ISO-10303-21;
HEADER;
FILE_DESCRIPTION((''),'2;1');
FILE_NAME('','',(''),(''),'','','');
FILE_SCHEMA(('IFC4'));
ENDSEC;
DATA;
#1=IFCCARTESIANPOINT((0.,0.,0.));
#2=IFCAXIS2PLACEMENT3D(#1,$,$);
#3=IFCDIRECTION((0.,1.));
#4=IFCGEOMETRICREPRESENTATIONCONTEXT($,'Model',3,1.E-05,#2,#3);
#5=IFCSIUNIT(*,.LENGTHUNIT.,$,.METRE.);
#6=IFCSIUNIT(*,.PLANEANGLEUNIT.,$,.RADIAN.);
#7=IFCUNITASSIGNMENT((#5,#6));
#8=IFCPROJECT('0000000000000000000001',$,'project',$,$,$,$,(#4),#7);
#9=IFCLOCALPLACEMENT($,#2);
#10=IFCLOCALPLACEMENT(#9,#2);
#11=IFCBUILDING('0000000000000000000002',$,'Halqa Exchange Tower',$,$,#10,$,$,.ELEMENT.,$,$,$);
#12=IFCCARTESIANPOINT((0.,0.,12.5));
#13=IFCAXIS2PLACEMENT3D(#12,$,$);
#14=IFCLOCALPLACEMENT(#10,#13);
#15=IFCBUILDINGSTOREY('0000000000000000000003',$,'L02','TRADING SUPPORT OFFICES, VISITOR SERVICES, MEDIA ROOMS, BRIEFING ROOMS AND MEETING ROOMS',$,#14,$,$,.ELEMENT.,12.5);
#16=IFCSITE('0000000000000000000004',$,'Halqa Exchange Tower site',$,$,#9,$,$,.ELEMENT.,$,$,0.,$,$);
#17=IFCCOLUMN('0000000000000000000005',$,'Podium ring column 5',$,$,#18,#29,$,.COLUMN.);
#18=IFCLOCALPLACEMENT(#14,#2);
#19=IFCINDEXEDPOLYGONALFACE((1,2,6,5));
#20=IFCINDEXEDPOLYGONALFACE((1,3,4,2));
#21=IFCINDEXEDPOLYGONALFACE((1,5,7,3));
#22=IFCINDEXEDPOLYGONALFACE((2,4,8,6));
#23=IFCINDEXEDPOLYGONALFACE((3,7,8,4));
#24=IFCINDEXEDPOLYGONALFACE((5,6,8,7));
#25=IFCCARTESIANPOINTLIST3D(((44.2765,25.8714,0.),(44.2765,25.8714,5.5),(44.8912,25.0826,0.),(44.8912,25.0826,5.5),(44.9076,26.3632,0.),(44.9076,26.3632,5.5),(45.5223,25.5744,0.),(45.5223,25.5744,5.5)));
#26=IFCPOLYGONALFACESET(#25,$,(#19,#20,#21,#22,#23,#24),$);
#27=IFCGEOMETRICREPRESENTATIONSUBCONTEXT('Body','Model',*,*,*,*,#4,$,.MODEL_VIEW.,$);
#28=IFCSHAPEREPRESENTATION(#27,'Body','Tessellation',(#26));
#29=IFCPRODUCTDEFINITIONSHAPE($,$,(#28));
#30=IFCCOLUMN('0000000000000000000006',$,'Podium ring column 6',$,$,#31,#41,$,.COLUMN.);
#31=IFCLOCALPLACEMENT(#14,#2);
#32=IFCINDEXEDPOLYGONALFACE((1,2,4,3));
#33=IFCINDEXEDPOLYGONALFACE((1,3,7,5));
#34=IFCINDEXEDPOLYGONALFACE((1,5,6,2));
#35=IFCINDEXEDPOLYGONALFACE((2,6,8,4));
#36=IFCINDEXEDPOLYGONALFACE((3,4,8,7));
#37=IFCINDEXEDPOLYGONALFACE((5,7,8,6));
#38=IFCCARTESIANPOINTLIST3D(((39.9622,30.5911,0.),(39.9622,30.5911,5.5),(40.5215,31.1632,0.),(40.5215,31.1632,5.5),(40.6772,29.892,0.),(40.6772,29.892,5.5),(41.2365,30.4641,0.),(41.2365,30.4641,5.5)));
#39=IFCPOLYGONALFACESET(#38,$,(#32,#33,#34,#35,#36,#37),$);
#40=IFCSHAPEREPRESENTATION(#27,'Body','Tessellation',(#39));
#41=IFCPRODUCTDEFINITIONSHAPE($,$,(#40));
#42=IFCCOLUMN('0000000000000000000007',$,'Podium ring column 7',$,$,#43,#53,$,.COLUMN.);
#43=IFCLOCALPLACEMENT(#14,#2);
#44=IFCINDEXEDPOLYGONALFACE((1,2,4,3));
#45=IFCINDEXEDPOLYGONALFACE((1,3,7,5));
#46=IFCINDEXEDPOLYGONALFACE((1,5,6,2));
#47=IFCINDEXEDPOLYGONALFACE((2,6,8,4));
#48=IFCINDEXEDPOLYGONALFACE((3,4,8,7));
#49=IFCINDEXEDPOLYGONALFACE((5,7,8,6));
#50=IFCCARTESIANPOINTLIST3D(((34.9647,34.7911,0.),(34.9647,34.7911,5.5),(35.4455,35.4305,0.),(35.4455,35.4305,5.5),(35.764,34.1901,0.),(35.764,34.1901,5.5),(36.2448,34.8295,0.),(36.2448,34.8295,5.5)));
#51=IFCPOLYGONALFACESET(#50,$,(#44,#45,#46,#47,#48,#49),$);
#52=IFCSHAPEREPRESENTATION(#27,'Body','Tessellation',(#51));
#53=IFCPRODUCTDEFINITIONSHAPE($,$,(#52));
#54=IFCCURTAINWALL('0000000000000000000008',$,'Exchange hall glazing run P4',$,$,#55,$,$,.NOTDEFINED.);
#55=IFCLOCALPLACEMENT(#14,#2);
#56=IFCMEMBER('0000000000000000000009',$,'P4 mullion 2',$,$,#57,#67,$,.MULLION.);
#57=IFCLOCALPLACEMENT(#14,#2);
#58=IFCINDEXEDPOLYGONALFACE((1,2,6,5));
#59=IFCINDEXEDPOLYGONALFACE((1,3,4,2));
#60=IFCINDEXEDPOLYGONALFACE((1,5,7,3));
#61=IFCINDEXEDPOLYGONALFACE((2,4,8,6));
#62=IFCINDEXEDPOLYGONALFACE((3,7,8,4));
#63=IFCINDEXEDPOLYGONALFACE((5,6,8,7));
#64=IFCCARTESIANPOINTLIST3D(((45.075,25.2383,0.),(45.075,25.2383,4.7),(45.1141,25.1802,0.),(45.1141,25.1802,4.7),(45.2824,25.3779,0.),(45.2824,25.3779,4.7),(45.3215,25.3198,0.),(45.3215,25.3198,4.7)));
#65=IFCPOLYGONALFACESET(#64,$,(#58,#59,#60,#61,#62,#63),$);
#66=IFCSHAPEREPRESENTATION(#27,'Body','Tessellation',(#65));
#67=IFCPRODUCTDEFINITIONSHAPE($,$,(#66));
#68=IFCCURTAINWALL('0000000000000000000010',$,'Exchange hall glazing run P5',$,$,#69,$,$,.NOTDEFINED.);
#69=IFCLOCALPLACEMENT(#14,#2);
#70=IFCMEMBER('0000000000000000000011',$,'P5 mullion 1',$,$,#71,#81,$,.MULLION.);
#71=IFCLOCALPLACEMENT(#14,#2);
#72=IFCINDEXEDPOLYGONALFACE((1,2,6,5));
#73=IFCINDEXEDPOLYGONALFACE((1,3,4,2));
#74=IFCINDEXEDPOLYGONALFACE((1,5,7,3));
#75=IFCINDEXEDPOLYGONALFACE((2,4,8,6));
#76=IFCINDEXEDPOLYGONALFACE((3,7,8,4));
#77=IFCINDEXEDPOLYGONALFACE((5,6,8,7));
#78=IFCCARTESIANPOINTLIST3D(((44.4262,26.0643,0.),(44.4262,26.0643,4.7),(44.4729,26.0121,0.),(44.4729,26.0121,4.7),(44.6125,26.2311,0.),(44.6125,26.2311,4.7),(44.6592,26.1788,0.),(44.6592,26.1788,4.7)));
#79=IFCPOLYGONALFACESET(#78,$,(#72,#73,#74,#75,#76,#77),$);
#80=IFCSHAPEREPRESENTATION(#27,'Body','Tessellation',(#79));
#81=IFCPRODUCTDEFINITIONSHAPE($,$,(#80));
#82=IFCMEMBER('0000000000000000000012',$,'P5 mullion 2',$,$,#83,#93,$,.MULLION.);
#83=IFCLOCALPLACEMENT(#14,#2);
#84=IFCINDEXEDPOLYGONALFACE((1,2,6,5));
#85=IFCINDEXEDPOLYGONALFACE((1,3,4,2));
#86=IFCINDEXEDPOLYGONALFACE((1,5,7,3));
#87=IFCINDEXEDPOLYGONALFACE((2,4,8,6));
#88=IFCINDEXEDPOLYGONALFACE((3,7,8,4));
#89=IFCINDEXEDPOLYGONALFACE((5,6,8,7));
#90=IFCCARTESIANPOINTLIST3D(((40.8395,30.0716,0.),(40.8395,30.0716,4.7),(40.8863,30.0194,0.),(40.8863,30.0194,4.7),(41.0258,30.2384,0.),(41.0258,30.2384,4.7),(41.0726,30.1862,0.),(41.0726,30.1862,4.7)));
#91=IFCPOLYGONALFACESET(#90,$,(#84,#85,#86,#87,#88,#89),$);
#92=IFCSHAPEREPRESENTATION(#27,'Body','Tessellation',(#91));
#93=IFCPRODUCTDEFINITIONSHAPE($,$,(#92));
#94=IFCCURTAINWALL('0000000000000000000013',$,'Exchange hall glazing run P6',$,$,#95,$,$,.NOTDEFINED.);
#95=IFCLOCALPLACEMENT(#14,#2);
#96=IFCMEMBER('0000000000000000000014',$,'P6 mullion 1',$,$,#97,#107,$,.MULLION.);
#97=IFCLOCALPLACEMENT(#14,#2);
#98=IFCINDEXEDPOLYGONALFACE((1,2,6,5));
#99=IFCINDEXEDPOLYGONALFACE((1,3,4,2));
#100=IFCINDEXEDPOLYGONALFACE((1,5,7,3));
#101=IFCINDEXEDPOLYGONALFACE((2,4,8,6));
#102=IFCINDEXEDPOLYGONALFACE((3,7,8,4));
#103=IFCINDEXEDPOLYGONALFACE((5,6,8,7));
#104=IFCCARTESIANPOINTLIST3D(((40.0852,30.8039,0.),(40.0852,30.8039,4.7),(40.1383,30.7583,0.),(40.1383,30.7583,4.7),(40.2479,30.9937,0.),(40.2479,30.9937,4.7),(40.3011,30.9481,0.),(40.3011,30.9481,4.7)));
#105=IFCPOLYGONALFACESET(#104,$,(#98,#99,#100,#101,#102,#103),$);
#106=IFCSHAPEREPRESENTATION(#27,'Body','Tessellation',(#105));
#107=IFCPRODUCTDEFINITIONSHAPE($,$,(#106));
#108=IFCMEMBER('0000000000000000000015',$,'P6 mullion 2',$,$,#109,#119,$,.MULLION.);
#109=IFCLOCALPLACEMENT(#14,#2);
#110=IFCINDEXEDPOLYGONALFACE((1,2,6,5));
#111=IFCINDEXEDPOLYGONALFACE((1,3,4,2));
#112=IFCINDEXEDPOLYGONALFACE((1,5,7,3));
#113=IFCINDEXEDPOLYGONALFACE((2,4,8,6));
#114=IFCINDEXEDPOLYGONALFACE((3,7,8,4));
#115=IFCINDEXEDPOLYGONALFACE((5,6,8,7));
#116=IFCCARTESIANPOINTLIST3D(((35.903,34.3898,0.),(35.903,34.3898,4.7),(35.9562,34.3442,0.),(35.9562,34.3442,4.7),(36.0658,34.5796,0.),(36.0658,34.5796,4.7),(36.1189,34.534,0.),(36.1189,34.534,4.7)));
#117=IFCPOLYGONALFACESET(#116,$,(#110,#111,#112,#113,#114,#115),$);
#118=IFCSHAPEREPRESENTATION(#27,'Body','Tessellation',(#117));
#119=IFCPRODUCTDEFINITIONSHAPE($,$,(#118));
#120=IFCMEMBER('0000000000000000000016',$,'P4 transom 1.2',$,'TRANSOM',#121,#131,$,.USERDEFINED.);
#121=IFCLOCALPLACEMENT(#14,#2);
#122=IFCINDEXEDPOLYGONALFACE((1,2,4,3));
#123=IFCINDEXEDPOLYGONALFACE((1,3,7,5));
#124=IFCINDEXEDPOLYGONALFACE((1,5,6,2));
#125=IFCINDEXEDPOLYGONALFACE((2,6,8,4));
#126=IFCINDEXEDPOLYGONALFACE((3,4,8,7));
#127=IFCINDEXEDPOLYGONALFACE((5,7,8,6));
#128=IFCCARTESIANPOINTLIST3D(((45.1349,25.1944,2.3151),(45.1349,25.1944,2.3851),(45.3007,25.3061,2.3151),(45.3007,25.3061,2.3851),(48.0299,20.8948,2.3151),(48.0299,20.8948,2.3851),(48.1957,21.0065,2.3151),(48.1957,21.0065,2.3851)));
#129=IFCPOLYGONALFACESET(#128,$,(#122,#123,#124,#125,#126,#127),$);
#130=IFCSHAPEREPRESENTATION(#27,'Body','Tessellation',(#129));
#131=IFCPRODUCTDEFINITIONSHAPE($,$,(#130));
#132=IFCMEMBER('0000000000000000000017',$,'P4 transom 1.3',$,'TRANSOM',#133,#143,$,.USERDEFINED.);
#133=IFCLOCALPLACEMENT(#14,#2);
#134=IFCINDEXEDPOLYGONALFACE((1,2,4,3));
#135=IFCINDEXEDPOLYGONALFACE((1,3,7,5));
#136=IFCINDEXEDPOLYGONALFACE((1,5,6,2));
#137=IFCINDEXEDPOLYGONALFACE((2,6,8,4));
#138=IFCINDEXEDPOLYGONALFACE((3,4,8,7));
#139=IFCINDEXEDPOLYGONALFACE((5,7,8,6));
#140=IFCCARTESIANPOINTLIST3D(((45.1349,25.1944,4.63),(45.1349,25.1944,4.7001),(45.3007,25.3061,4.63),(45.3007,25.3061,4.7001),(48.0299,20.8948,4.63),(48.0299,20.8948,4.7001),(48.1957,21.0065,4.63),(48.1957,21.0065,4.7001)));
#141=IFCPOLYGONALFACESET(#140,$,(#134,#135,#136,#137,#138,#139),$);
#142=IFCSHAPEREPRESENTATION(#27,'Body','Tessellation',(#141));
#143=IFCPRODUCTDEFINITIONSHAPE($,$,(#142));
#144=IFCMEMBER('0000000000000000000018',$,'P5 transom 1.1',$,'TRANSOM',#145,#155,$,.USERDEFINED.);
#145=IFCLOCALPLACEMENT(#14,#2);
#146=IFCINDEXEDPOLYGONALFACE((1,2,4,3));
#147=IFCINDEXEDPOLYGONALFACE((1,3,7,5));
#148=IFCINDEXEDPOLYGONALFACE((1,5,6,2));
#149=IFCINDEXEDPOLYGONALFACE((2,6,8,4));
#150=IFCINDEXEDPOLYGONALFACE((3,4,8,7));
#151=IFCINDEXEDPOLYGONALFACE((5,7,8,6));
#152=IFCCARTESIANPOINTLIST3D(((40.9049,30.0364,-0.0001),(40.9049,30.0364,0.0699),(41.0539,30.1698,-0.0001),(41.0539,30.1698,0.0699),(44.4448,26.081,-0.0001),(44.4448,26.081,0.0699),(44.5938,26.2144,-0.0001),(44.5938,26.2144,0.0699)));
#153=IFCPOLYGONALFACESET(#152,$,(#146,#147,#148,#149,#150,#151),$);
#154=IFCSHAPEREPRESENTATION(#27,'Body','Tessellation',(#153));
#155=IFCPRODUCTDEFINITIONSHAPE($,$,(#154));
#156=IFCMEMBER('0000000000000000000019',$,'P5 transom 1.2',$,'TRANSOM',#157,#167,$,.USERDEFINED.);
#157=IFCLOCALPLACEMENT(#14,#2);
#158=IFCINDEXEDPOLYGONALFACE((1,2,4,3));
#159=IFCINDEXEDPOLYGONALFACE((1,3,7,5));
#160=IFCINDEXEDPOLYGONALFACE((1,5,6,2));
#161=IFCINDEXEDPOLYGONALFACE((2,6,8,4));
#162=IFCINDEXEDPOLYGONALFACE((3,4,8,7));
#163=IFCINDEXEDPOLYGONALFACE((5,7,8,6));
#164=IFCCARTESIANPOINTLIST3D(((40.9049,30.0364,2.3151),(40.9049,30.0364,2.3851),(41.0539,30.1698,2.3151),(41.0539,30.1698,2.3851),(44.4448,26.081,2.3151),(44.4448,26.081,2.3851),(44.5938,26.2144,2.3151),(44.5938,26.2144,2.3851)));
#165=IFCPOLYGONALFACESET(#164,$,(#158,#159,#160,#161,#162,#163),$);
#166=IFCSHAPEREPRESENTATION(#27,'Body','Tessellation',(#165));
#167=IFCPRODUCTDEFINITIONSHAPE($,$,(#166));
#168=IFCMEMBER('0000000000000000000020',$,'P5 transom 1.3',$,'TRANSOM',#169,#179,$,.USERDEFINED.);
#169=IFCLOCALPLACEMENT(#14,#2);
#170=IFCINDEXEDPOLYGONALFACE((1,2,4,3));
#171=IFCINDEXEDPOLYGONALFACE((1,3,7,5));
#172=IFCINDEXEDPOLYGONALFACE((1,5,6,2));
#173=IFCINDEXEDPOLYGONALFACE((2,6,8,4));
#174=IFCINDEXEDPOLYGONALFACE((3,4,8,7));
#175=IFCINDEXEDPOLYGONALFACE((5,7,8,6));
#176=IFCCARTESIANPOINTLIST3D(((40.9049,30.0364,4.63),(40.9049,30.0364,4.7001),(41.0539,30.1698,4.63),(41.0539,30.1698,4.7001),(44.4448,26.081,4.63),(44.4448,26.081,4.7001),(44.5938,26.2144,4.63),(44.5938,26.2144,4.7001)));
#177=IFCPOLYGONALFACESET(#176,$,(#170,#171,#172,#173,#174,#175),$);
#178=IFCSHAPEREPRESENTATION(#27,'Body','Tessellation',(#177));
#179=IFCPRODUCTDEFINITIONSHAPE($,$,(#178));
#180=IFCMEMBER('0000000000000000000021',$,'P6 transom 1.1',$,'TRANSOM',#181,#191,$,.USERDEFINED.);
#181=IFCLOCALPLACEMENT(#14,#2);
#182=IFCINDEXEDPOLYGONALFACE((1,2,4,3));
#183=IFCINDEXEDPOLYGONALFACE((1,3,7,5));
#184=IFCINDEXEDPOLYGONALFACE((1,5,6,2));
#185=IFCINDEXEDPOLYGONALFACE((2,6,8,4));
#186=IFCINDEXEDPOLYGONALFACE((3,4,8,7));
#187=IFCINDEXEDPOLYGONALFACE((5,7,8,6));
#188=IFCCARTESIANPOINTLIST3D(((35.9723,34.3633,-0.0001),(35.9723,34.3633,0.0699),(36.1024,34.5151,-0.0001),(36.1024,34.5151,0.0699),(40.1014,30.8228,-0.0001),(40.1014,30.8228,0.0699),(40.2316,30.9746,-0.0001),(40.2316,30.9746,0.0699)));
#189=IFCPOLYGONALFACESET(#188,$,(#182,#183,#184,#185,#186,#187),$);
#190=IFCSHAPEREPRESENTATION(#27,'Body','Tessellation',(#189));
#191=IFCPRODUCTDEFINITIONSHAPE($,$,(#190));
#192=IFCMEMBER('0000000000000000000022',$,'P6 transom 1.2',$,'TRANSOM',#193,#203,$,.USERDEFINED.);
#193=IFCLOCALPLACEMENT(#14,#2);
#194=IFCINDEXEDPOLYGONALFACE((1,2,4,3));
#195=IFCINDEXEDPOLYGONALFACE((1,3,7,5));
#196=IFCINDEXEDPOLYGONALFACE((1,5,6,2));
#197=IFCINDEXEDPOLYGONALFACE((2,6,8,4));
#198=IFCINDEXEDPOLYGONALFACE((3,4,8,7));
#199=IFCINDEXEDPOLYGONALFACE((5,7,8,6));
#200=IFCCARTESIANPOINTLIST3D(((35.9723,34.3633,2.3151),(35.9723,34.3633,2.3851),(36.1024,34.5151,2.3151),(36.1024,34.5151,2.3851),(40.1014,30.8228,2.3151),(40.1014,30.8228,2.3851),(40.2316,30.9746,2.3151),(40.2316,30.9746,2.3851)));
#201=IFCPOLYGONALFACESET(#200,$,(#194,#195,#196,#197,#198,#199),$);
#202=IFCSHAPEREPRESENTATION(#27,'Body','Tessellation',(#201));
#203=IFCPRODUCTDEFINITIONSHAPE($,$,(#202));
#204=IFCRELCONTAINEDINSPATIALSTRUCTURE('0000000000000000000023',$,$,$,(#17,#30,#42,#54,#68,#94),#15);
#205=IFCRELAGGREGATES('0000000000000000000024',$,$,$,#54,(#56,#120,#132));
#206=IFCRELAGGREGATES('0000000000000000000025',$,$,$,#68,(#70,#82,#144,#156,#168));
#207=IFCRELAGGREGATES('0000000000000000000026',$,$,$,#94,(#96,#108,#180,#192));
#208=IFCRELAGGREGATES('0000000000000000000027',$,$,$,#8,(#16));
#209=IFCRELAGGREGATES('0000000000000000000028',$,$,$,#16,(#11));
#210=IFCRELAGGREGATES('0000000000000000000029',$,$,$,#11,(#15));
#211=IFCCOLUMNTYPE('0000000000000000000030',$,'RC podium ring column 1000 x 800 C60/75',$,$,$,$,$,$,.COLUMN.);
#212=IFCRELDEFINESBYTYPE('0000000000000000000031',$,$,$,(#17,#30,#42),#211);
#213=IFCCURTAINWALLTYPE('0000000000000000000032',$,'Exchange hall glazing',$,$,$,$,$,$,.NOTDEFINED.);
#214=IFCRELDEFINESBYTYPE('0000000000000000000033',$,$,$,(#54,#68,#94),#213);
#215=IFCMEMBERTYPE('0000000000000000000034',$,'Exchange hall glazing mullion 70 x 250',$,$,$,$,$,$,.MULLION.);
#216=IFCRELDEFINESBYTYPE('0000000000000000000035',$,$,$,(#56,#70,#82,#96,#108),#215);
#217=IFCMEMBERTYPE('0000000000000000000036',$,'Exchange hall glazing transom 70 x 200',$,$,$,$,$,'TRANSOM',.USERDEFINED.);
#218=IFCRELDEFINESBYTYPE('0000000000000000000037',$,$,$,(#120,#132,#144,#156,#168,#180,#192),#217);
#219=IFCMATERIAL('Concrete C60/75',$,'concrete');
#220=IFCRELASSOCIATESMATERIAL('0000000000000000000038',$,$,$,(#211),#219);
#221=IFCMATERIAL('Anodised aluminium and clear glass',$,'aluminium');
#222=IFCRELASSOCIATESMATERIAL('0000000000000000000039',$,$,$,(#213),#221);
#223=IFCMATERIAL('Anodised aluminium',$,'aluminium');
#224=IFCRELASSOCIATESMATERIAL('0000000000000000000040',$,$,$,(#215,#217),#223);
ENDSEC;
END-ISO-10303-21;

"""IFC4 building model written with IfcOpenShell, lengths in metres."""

from ifc_helpers import new_model, si_unit, direction, frame, origin, origin_2d, place, context, subcontext, project, spatial, rectangle, extrude, material, material_profile, profile_set, type_object, element, aggregate, save


model = new_model("IFC4")

# Units and contexts
model_context = context("Model", 3, precision=1e-05, world=origin(), true_north=direction((0.0, 1.0)))
body_context = subcontext(model_context, "Body", "Model", "MODEL_VIEW")
ifc_project = project(units=[si_unit("LENGTHUNIT", "METRE"), si_unit("PLANEANGLEUNIT", "RADIAN")], contexts=[model_context])

# Site, building, storey
site_placement = place(None, origin())
site = spatial("IfcSite", under=ifc_project, at=site_placement, Name="Halqa Exchange Tower site", CompositionType="ELEMENT", RefElevation=0.0)
building_placement = place(site_placement, origin())
building = spatial("IfcBuilding", under=site, at=building_placement, Name="Halqa Exchange Tower", CompositionType="ELEMENT")
storey_placement = place(building_placement, frame((0.0, 0.0, 12.5)))
storey = spatial("IfcBuildingStorey", under=building, at=storey_placement, Name="L02", Description="TRADING SUPPORT OFFICES, VISITOR SERVICES, MEDIA ROOMS, BRIEFING ROOMS AND MEETING ROOMS", CompositionType="ELEMENT", Elevation=12.5)

# Columns
ifc_material_1 = material(Name="Concrete C60/75", Category="concrete")
ifc_material_profile_1 = material_profile(ifc_material_1, rectangle(XDim=1.0, YDim=0.8, at=origin_2d()), Name="1000 x 800")
ifc_profile_set_1 = profile_set([ifc_material_profile_1], Name="Concrete C60/75")
column_type = type_object("IfcColumnType", Name="RC podium ring column 1000 x 800 C60/75", PredefinedType="COLUMN", material=ifc_profile_set_1)
for number, where, z_axis, x_axis, name in (
    (1, (44.8994, 25.7229, 0.0), (0.0, 0.0, 1.0), (-0.614691, 0.788768, 0.0), "Podium ring column 5"),
    (2, (40.5994, 30.5276, 0.0), (0.0, 0.0, 1.0), (-0.715039, 0.699085, 0.0), "Podium ring column 6"),
    (3, (35.6047, 34.8103, 0.0), (0.0, 0.0, 1.0), (-0.79926, 0.600985, 0.0), "Podium ring column 7"),
):
    element("IfcColumn", number, at=place(storey_placement, frame(where, z_axis=z_axis, x_axis=x_axis)), inside=storey, type_object=column_type, Name=name, PredefinedType="COLUMN", context=body_context, shape_type="SweptSolid", body=[
        extrude(rectangle(XDim=1.0, YDim=0.8, at=origin_2d()), origin(), (0.0, 0.0, 1.0), 5.5),
    ])

# Curtain wall, member
ifc_material_2 = material(Name="Anodised aluminium and clear glass", Category="aluminium")
curtain_wall_type = type_object("IfcCurtainWallType", Name="Exchange hall glazing", PredefinedType="NOTDEFINED", material=ifc_material_2)
curtain_wall_1_placement = place(storey_placement, origin())
curtain_wall_1 = element("IfcCurtainWall", 4, at=curtain_wall_1_placement, inside=storey, type_object=curtain_wall_type, Name="Exchange hall glazing run P4", PredefinedType="NOTDEFINED")
ifc_material_3 = material(Name="Anodised aluminium", Category="aluminium")
ifc_material_profile_2 = material_profile(ifc_material_3, rectangle(XDim=0.25, YDim=0.0701, at=origin_2d()), Name="AL 70x250")
ifc_profile_set_2 = profile_set([ifc_material_profile_2], Name="Anodised aluminium")
member_type_1 = type_object("IfcMemberType", Name="Exchange hall glazing mullion 70 x 250", PredefinedType="MULLION", material=ifc_profile_set_2)
member_1_placement = place(storey_placement, frame((45.1982, 25.2791, 0.0), z_axis=(0.0, 0.0, 1.0), x_axis=(-0.82949, -0.558522, 0.0)))
member_1 = element("IfcMember", 5, at=member_1_placement, type_object=member_type_1, Name="P4 mullion 2", PredefinedType="MULLION", context=body_context, shape_type="SweptSolid", body=[
    extrude(rectangle(XDim=0.25, YDim=0.0701, at=origin_2d()), origin(), (0.0, 0.0, 1.0), 4.7),
])

# Curtain walls, members
curtain_wall_2_placement = place(storey_placement, origin())
curtain_wall_2 = element("IfcCurtainWall", 6, at=curtain_wall_2_placement, inside=storey, type_object=curtain_wall_type, Name="Exchange hall glazing run P5", PredefinedType="NOTDEFINED")
member_2_placement = place(storey_placement, frame((44.5427, 26.1216, 0.0), z_axis=(0.0, 0.0, 1.0), x_axis=(-0.745148, -0.666899, 0.0)))
member_2 = element("IfcMember", 7, at=member_2_placement, type_object=member_type_1, Name="P5 mullion 1", PredefinedType="MULLION", context=body_context, shape_type="SweptSolid", body=[
    extrude(rectangle(XDim=0.25, YDim=0.0701, at=origin_2d()), origin(), (0.0, 0.0, 1.0), 4.7),
])
member_3_placement = place(storey_placement, frame((40.9561, 30.1289, 0.0), z_axis=(0.0, 0.0, 1.0), x_axis=(-0.745148, -0.666899, 0.0)))
member_3 = element("IfcMember", 8, at=member_3_placement, type_object=member_type_1, Name="P5 mullion 2", PredefinedType="MULLION", context=body_context, shape_type="SweptSolid", body=[
    extrude(rectangle(XDim=0.25, YDim=0.0701, at=origin_2d()), origin(), (0.0, 0.0, 1.0), 4.7),
])
curtain_wall_3_placement = place(storey_placement, origin())
curtain_wall_3 = element("IfcCurtainWall", 9, at=curtain_wall_3_placement, inside=storey, type_object=curtain_wall_type, Name="Exchange hall glazing run P6", PredefinedType="NOTDEFINED")
member_4_placement = place(storey_placement, frame((40.1931, 30.876, 0.0), z_axis=(0.0, 0.0, 1.0), x_axis=(-0.650911, -0.759154, 0.0)))
member_4 = element("IfcMember", 10, at=member_4_placement, type_object=member_type_1, Name="P6 mullion 1", PredefinedType="MULLION", context=body_context, shape_type="SweptSolid", body=[
    extrude(rectangle(XDim=0.25, YDim=0.0701, at=origin_2d()), origin(), (0.0, 0.0, 1.0), 4.7),
])
member_5_placement = place(storey_placement, frame((36.011, 34.4619, 0.0), z_axis=(0.0, 0.0, 1.0), x_axis=(-0.650911, -0.759154, 0.0)))
member_5 = element("IfcMember", 11, at=member_5_placement, type_object=member_type_1, Name="P6 mullion 2", PredefinedType="MULLION", context=body_context, shape_type="SweptSolid", body=[
    extrude(rectangle(XDim=0.25, YDim=0.0701, at=origin_2d()), origin(), (0.0, 0.0, 1.0), 4.7),
])

# Members
ifc_material_profile_3 = material_profile(ifc_material_3, rectangle(XDim=0.2, YDim=0.0701, at=origin_2d()), Name="AL 70x200")
ifc_profile_set_3 = profile_set([ifc_material_profile_3], Name="Anodised aluminium")
member_type_2 = type_object("IfcMemberType", Name="Exchange hall glazing transom 70 x 200", ElementType="TRANSOM", PredefinedType="USERDEFINED", material=ifc_profile_set_3)
member_6_placement = place(storey_placement, frame((48.1128, 20.9507, 2.3501), z_axis=(-0.55852, 0.829491, 0.0), x_axis=(-0.829491, -0.55852, 0.0)))
member_6 = element("IfcMember", 12, at=member_6_placement, type_object=member_type_2, Name="P4 transom 1.2", ObjectType="TRANSOM", PredefinedType="USERDEFINED", context=body_context, shape_type="SweptSolid", body=[
    extrude(rectangle(XDim=0.2, YDim=0.0701, at=origin_2d()), origin(), (0.0, 0.0, 1.0), 5.1833),
])
member_7_placement = place(storey_placement, frame((48.1128, 20.9507, 4.665), z_axis=(-0.55852, 0.829491, 0.0), x_axis=(-0.829491, -0.55852, 0.0)))
member_7 = element("IfcMember", 13, at=member_7_placement, type_object=member_type_2, Name="P4 transom 1.3", ObjectType="TRANSOM", PredefinedType="USERDEFINED", context=body_context, shape_type="SweptSolid", body=[
    extrude(rectangle(XDim=0.2, YDim=0.0701, at=origin_2d()), origin(), (0.0, 0.0, 1.0), 5.1833),
])
member_8_placement = place(storey_placement, frame((44.5193, 26.1477, 0.0349), z_axis=(-0.666881, 0.745164, 0.0), x_axis=(-0.745164, -0.666881, 0.0)))
member_8 = element("IfcMember", 14, at=member_8_placement, type_object=member_type_2, Name="P5 transom 1.1", ObjectType="TRANSOM", PredefinedType="USERDEFINED", context=body_context, shape_type="SweptSolid", body=[
    extrude(rectangle(XDim=0.2, YDim=0.0701, at=origin_2d()), origin(), (0.0, 0.0, 1.0), 5.3081),
])
member_9_placement = place(storey_placement, frame((44.5193, 26.1477, 2.3501), z_axis=(-0.666881, 0.745164, 0.0), x_axis=(-0.745164, -0.666881, 0.0)))
member_9 = element("IfcMember", 15, at=member_9_placement, type_object=member_type_2, Name="P5 transom 1.2", ObjectType="TRANSOM", PredefinedType="USERDEFINED", context=body_context, shape_type="SweptSolid", body=[
    extrude(rectangle(XDim=0.2, YDim=0.0701, at=origin_2d()), origin(), (0.0, 0.0, 1.0), 5.3081),
])
member_10_placement = place(storey_placement, frame((44.5193, 26.1477, 4.665), z_axis=(-0.666881, 0.745164, 0.0), x_axis=(-0.745164, -0.666881, 0.0)))
member_10 = element("IfcMember", 16, at=member_10_placement, type_object=member_type_2, Name="P5 transom 1.3", ObjectType="TRANSOM", PredefinedType="USERDEFINED", context=body_context, shape_type="SweptSolid", body=[
    extrude(rectangle(XDim=0.2, YDim=0.0701, at=origin_2d()), origin(), (0.0, 0.0, 1.0), 5.3081),
])
member_11_placement = place(storey_placement, frame((40.1665, 30.8987, 0.0349), z_axis=(-0.759143, 0.650924, 0.0), x_axis=(-0.650924, -0.759143, 0.0)))
member_11 = element("IfcMember", 17, at=member_11_placement, type_object=member_type_2, Name="P6 transom 1.1", ObjectType="TRANSOM", PredefinedType="USERDEFINED", context=body_context, shape_type="SweptSolid", body=[
    extrude(rectangle(XDim=0.2, YDim=0.0701, at=origin_2d()), origin(), (0.0, 0.0, 1.0), 5.4392),
])
member_12_placement = place(storey_placement, frame((40.1665, 30.8987, 2.3501), z_axis=(-0.759143, 0.650924, 0.0), x_axis=(-0.650924, -0.759143, 0.0)))
member_12 = element("IfcMember", 18, at=member_12_placement, type_object=member_type_2, Name="P6 transom 1.2", ObjectType="TRANSOM", PredefinedType="USERDEFINED", context=body_context, shape_type="SweptSolid", body=[
    extrude(rectangle(XDim=0.2, YDim=0.0701, at=origin_2d()), origin(), (0.0, 0.0, 1.0), 5.4392),
])

aggregate(curtain_wall_1, [member_1, member_6, member_7])
aggregate(curtain_wall_2, [member_2, member_3, member_8, member_9, member_10])
aggregate(curtain_wall_3, [member_4, member_5, member_11, member_12])

save(model, "model.ifc")
